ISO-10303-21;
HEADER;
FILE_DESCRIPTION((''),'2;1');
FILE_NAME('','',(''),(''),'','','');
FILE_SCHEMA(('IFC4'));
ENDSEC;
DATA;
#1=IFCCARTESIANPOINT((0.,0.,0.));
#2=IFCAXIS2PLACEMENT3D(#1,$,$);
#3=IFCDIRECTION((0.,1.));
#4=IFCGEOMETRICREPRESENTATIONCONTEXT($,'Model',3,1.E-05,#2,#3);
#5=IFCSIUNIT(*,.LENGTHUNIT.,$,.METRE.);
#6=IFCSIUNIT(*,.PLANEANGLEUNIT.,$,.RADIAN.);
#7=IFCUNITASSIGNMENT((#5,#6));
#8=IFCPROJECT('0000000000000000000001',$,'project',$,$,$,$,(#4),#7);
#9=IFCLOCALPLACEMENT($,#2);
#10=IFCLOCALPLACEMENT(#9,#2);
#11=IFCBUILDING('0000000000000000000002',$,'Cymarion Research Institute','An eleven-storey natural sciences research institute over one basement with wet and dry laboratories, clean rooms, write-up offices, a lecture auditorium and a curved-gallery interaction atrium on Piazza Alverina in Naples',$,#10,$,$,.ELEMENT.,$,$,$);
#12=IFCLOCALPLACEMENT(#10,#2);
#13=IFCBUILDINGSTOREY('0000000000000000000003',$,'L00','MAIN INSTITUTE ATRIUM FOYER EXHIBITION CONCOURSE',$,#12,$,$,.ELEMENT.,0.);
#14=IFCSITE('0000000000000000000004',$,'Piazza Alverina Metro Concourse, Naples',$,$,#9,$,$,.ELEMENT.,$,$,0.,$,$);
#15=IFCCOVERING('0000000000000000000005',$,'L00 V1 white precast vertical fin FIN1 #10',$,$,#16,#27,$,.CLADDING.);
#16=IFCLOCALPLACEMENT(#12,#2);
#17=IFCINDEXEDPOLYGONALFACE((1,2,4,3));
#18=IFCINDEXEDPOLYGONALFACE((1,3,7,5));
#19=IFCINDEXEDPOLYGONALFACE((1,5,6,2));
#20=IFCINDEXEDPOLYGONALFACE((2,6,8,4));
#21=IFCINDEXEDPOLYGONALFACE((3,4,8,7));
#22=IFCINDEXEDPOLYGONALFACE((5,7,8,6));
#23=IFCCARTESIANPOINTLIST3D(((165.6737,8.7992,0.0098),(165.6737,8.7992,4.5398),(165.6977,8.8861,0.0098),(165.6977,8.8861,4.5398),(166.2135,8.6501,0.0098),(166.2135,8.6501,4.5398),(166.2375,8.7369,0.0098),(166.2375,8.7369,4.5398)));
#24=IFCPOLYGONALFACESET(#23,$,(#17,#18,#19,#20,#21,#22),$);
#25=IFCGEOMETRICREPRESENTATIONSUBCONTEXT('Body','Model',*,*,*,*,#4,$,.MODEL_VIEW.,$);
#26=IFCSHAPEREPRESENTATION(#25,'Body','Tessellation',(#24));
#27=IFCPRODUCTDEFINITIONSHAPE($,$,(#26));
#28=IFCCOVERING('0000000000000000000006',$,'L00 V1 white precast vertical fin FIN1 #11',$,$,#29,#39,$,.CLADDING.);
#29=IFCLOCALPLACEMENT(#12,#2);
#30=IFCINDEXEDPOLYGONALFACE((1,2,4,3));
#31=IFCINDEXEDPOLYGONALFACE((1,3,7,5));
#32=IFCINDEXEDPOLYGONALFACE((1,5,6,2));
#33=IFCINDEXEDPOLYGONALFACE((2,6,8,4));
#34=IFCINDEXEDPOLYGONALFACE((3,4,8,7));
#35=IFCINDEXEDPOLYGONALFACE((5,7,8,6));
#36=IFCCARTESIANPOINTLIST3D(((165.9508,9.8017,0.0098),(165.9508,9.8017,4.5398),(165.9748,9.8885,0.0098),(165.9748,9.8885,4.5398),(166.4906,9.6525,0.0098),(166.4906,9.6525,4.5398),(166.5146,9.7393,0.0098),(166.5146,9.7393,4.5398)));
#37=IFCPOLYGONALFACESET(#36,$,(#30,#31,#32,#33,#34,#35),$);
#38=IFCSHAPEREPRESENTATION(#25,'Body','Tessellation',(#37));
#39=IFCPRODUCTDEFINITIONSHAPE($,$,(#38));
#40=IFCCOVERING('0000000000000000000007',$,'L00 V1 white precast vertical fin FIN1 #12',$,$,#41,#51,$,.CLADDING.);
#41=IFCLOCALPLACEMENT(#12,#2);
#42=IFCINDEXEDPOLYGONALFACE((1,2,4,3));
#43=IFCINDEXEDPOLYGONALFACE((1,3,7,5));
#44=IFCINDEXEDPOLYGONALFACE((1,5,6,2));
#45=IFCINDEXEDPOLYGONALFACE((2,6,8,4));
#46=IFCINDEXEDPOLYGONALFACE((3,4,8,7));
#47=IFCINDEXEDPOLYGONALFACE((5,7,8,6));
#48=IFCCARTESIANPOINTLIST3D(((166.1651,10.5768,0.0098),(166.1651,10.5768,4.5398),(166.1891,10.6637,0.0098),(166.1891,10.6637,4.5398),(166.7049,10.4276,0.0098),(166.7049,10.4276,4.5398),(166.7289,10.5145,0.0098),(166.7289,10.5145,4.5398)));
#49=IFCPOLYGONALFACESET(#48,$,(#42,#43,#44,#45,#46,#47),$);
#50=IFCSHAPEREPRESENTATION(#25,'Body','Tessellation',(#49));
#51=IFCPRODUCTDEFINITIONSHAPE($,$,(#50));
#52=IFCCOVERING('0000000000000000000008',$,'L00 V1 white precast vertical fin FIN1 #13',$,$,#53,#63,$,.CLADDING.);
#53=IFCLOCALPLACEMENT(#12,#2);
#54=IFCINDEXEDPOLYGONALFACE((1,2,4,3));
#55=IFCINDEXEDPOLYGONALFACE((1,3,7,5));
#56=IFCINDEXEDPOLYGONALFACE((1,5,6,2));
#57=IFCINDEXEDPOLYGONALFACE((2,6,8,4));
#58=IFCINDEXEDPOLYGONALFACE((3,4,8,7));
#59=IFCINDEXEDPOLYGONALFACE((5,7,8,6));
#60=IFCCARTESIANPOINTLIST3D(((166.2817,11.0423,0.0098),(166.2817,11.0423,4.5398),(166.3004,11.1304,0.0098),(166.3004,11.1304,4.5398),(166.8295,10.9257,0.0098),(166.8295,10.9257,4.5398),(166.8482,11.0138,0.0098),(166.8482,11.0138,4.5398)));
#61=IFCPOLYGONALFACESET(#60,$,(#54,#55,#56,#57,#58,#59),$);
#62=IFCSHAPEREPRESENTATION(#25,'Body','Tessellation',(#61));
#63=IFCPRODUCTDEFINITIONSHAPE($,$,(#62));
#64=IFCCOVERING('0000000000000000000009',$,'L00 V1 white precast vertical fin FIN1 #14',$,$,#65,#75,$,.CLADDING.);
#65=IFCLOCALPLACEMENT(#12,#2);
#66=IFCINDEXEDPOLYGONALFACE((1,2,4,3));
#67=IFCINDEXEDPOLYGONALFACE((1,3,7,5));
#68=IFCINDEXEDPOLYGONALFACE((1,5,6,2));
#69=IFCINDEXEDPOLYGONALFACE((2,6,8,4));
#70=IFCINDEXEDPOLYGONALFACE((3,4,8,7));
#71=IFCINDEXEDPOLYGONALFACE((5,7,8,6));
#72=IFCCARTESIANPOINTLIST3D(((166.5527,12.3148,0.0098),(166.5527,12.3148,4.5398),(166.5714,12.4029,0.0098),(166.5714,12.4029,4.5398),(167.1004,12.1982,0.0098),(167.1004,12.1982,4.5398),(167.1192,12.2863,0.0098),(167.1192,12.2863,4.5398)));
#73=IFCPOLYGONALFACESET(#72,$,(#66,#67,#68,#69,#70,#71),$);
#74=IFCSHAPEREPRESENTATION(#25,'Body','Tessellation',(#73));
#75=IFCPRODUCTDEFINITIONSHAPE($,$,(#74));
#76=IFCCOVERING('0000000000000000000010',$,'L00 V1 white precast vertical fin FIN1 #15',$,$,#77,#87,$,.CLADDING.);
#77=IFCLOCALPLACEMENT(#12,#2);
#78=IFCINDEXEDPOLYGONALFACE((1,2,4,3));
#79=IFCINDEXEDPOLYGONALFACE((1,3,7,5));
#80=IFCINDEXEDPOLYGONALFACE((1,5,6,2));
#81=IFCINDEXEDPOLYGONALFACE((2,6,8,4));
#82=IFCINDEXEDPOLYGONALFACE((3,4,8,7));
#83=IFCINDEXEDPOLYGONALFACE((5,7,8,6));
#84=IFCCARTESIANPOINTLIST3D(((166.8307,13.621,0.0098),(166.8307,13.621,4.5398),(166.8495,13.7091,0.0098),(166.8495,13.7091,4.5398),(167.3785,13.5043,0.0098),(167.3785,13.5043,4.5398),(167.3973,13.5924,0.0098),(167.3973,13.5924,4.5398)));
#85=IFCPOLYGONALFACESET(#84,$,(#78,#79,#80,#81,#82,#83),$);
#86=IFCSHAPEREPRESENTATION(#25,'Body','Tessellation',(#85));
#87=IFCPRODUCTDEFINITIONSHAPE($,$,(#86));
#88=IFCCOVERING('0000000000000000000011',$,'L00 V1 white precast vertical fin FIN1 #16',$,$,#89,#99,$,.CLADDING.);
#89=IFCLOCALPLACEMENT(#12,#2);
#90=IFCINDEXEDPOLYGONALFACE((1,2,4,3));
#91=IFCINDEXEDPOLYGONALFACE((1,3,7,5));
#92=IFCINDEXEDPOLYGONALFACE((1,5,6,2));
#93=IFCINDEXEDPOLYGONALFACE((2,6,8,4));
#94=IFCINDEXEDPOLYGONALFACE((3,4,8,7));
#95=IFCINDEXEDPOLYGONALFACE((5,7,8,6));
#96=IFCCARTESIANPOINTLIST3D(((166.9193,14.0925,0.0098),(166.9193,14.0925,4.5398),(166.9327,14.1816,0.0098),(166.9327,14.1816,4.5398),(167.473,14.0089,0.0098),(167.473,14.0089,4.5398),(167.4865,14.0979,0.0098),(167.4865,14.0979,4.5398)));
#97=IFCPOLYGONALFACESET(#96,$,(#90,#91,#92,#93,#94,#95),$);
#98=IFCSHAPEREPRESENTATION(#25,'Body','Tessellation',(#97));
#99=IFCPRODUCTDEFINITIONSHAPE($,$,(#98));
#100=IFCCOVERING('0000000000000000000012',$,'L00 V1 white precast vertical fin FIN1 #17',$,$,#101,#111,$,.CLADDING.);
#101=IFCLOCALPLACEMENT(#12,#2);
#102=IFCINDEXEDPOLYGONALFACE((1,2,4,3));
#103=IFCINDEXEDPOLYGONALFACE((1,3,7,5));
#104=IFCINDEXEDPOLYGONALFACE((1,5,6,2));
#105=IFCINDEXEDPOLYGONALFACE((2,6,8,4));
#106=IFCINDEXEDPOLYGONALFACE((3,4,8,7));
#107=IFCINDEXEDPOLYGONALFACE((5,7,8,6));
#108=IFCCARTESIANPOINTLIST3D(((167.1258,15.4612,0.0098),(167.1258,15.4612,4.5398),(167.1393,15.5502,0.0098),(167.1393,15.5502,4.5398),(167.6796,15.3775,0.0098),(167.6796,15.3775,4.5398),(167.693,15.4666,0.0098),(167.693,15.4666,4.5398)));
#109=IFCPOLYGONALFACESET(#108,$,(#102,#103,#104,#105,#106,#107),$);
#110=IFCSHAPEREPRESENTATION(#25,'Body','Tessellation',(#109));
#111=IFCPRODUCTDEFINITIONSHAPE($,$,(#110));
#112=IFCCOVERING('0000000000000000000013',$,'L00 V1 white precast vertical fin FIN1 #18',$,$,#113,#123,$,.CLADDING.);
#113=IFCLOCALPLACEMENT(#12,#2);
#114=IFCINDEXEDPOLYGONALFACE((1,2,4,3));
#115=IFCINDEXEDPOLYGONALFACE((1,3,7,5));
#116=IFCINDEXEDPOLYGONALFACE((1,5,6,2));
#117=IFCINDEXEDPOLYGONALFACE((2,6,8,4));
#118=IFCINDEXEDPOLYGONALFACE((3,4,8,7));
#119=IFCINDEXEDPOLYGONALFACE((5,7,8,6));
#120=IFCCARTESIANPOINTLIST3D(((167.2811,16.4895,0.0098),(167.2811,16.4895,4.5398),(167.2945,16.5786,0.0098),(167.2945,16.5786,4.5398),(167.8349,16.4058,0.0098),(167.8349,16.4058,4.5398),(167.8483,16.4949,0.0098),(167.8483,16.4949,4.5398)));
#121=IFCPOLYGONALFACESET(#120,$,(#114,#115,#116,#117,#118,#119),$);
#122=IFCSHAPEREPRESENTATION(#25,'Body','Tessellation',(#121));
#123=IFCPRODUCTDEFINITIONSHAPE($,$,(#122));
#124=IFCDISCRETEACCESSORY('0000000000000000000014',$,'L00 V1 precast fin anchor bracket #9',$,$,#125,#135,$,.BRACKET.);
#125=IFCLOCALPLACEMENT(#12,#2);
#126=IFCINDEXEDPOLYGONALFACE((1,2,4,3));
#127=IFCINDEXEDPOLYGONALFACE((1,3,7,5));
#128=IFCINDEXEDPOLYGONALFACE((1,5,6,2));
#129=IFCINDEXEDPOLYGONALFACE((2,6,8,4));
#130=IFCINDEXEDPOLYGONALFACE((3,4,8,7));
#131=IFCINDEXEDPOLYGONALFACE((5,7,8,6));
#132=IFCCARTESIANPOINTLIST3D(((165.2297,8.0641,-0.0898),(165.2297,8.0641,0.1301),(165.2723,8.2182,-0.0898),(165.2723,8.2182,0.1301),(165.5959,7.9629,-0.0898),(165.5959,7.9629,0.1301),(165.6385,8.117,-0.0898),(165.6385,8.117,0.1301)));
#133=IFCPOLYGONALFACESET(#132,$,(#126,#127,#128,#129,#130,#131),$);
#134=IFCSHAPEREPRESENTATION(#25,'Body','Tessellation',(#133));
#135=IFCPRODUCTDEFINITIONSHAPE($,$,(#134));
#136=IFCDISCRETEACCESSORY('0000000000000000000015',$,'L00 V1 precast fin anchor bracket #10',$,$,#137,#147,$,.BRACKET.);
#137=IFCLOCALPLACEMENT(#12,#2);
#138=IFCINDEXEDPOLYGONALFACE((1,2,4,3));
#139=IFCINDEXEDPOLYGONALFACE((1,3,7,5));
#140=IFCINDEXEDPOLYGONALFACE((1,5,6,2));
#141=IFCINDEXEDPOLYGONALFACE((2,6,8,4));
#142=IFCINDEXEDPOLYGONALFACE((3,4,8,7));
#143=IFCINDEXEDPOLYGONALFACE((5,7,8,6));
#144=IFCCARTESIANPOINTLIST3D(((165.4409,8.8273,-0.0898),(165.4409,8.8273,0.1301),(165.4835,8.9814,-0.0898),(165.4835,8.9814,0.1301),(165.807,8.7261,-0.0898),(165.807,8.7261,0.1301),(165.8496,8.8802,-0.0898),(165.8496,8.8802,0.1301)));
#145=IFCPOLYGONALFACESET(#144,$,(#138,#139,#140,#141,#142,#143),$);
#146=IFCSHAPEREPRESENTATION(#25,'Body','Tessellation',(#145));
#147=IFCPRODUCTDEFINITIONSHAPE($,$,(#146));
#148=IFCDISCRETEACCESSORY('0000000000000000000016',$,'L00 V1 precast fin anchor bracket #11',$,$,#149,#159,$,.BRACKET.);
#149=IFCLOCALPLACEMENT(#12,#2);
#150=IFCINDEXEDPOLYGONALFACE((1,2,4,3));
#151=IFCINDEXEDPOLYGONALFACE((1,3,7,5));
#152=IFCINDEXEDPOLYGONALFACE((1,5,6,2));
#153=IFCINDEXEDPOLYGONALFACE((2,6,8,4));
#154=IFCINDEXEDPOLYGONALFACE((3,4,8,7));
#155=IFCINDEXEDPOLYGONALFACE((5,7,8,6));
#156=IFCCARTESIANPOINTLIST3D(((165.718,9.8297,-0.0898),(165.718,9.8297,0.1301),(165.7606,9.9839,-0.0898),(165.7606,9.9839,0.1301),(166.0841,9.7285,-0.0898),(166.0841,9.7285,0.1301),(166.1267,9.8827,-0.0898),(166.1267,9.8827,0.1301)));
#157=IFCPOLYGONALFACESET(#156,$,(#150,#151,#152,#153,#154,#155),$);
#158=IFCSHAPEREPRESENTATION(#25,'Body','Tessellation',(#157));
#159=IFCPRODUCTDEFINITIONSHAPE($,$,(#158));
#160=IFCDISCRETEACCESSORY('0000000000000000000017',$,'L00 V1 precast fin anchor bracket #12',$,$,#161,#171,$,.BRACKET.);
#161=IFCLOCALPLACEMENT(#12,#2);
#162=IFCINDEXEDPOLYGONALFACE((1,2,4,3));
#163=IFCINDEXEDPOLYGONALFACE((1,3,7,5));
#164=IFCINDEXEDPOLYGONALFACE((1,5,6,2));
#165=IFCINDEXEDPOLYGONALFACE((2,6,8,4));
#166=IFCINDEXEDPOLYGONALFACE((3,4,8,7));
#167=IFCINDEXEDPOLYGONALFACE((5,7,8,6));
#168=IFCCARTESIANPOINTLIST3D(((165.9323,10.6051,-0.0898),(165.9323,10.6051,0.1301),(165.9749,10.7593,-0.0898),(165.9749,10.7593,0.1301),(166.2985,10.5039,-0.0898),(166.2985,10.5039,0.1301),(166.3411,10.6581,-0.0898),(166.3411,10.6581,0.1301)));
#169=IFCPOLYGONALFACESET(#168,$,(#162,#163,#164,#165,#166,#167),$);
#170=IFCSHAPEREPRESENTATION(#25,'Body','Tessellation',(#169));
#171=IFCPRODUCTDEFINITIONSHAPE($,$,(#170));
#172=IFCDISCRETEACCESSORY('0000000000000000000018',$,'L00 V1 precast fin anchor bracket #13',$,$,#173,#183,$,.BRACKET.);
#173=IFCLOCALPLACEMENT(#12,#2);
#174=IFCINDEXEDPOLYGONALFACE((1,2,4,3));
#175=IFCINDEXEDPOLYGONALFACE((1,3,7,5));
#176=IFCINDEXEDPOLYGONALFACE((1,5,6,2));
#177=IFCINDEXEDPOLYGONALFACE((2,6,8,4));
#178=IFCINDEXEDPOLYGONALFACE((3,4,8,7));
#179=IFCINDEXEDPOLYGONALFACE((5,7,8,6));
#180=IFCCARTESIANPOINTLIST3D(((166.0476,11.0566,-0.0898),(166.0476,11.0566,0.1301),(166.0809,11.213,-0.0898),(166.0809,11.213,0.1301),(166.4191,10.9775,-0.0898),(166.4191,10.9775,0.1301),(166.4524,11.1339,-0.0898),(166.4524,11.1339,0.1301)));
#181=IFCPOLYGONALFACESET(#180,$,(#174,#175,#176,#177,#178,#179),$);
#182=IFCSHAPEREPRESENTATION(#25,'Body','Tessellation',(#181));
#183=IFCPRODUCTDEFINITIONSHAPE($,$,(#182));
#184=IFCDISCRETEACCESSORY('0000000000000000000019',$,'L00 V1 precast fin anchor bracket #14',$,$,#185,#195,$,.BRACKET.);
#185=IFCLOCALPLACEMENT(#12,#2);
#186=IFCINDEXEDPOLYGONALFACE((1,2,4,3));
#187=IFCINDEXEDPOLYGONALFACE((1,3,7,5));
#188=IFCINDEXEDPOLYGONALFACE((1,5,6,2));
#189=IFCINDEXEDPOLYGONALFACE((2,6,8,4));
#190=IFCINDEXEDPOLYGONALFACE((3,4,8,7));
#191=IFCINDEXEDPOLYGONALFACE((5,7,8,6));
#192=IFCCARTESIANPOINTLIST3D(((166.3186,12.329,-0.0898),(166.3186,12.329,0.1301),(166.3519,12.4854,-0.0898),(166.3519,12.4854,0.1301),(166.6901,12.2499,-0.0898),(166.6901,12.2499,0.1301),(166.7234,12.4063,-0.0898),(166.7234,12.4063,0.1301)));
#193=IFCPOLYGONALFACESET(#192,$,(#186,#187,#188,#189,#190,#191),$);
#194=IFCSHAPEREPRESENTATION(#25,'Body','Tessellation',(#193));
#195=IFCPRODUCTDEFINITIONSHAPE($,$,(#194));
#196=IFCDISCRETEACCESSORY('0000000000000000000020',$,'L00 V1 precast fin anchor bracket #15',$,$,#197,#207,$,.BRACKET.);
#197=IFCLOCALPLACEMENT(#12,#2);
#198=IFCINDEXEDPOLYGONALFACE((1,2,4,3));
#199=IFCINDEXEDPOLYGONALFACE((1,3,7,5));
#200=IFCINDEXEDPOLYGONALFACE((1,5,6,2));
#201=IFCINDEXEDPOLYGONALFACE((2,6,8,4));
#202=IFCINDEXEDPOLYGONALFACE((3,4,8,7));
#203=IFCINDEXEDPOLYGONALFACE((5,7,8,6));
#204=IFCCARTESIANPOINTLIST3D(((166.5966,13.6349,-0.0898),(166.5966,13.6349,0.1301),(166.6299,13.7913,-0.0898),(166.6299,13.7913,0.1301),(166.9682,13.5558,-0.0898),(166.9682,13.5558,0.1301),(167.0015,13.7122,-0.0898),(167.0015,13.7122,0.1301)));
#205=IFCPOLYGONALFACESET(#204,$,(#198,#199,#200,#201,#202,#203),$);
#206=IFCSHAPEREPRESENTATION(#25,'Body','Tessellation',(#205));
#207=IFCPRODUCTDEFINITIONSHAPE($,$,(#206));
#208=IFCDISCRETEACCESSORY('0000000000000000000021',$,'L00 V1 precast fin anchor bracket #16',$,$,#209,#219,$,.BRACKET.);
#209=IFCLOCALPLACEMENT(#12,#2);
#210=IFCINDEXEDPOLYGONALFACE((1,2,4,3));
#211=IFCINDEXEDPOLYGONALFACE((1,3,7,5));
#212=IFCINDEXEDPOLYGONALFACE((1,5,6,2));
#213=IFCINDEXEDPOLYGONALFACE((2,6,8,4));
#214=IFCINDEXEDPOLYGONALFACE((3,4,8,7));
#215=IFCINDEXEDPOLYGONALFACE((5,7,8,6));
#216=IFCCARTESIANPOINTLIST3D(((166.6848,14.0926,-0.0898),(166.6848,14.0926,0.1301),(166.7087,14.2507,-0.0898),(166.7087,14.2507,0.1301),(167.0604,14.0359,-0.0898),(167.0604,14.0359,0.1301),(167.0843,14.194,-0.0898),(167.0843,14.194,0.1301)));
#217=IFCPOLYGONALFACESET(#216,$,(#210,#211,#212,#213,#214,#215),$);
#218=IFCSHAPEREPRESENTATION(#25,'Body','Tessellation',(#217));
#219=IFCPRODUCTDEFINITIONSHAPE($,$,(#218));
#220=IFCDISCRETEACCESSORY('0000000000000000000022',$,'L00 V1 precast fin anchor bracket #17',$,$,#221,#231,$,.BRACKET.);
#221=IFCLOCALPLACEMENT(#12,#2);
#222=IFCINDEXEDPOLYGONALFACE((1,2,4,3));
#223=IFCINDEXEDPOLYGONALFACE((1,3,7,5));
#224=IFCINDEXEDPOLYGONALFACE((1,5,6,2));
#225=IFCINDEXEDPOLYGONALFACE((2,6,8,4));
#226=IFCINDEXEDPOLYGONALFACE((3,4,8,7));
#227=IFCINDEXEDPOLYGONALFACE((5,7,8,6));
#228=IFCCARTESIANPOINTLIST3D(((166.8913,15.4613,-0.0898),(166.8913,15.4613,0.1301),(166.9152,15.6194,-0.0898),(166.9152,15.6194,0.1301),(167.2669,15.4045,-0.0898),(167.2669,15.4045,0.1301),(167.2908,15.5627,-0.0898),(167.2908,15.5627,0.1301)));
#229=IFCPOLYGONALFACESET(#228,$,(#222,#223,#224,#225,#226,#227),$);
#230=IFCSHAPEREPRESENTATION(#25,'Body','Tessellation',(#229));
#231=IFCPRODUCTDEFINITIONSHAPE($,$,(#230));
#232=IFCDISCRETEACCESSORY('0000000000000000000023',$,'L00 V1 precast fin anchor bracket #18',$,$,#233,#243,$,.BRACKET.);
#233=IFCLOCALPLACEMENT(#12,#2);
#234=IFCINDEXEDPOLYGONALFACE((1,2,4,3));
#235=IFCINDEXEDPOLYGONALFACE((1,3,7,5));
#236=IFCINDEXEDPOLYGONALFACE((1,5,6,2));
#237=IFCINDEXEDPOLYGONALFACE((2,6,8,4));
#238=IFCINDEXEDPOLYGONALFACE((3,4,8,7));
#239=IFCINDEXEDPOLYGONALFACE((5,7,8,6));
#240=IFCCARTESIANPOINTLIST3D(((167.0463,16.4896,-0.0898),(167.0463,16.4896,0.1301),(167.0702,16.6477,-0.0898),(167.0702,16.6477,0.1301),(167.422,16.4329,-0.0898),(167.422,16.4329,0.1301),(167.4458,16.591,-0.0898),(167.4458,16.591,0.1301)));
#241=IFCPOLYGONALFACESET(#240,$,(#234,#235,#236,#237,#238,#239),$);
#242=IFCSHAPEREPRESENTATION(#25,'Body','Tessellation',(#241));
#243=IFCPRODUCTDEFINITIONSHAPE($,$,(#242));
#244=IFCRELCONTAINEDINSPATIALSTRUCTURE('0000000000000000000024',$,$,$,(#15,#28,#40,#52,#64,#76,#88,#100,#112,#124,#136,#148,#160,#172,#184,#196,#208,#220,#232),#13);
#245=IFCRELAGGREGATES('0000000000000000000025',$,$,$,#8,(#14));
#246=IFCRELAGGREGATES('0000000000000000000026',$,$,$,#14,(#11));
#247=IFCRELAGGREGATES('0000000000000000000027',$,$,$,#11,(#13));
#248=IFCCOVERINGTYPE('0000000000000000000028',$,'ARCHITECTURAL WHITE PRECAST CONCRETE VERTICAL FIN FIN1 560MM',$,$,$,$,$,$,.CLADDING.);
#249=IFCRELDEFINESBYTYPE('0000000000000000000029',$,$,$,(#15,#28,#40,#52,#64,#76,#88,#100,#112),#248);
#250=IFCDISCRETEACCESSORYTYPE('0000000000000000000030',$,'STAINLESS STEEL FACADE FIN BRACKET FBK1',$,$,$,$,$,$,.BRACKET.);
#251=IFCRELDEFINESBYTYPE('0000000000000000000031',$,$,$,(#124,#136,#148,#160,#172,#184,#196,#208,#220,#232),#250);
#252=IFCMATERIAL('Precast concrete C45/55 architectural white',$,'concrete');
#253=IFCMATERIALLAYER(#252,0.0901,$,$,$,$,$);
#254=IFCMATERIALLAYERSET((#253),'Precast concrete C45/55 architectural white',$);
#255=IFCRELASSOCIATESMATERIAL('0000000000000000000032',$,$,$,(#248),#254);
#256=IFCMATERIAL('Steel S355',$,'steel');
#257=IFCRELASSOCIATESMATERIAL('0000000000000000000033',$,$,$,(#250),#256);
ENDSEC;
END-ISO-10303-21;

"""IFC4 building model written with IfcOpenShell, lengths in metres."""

from ifc_helpers import new_model, si_unit, direction, frame, origin, origin_2d, place, context, subcontext, project, spatial, rectangle, extrude, material, layer, layer_set, type_object, element, save


model = new_model("IFC4")

# Units and contexts
model_context = context("Model", 3, precision=1e-05, world=origin(), true_north=direction((0.0, 1.0)))
body_context = subcontext(model_context, "Body", "Model", "MODEL_VIEW")
ifc_project = project(units=[si_unit("LENGTHUNIT", "METRE"), si_unit("PLANEANGLEUNIT", "RADIAN")], contexts=[model_context])

# Site, building, storey
site_placement = place(None, origin())
site = spatial("IfcSite", under=ifc_project, at=site_placement, Name="Piazza Alverina Metro Concourse, Naples", CompositionType="ELEMENT", RefElevation=0.0)
building_placement = place(site_placement, origin())
building = spatial("IfcBuilding", under=site, at=building_placement, Name="Cymarion Research Institute", Description="An eleven-storey natural sciences research institute over one basement with wet and dry laboratories, clean rooms, write-up offices, a lecture auditorium and a curved-gallery interaction atrium on Piazza Alverina in Naples", CompositionType="ELEMENT")
storey_placement = place(building_placement, origin())
storey = spatial("IfcBuildingStorey", under=building, at=storey_placement, Name="L00", Description="MAIN INSTITUTE ATRIUM FOYER EXHIBITION CONCOURSE", CompositionType="ELEMENT", Elevation=0.0)

# Shared definitions
ifc_material_1 = material(Name="Steel S355", Category="steel")

# Coverings
ifc_material_2 = material(Name="Precast concrete C45/55 architectural white", Category="concrete")
ifc_layer_1 = layer(ifc_material_2, 0.0901)
ifc_layer_set_1 = layer_set([ifc_layer_1], Name="Precast concrete C45/55 architectural white")
covering_type = type_object("IfcCoveringType", Name="ARCHITECTURAL WHITE PRECAST CONCRETE VERTICAL FIN FIN1 560MM", PredefinedType="CLADDING", material=ifc_layer_set_1)
for number, where, z_axis, x_axis, name in (
    (1, (165.9556, 8.7681, 0.0098), (0.0, 0.0, 1.0), (0.963863, -0.266397, 0.0), "L00 V1 white precast vertical fin FIN1 #10"),
    (2, (166.2327, 9.7705, 0.0098), (0.0, 0.0, 1.0), (0.963863, -0.266397, 0.0), "L00 V1 white precast vertical fin FIN1 #11"),
    (3, (166.447, 10.5457, 0.0098), (0.0, 0.0, 1.0), (0.963863, -0.266397, 0.0), "L00 V1 white precast vertical fin FIN1 #12"),
    (4, (166.5649, 11.0281, 0.0098), (0.0, 0.0, 1.0), (0.978075, -0.208253, 0.0), "L00 V1 white precast vertical fin FIN1 #13"),
    (5, (166.8359, 12.3005, 0.0098), (0.0, 0.0, 1.0), (0.978075, -0.208253, 0.0), "L00 V1 white precast vertical fin FIN1 #14"),
    (6, (167.114, 13.6067, 0.0098), (0.0, 0.0, 1.0), (0.978075, -0.208253, 0.0), "L00 V1 white precast vertical fin FIN1 #15"),
    (7, (167.2029, 14.0952, 0.0098), (0.0, 0.0, 1.0), (0.988782, -0.149363, 0.0), "L00 V1 white precast vertical fin FIN1 #16"),
    (8, (167.4094, 15.4639, 0.0098), (0.0, 0.0, 1.0), (0.988782, -0.149363, 0.0), "L00 V1 white precast vertical fin FIN1 #17"),
    (9, (167.5647, 16.4922, 0.0098), (0.0, 0.0, 1.0), (0.988782, -0.149363, 0.0), "L00 V1 white precast vertical fin FIN1 #18"),
):
    element("IfcCovering", number, at=place(storey_placement, frame(where, z_axis=z_axis, x_axis=x_axis)), inside=storey, type_object=covering_type, Name=name, PredefinedType="CLADDING", context=body_context, shape_type="SweptSolid", body=[
        extrude(rectangle(XDim=0.5601, YDim=0.0901, at=origin_2d()), origin(), (0.0, 0.0, 1.0), 4.53),
    ])

# Discrete accessories
discrete_accessory_type = type_object("IfcDiscreteAccessoryType", Name="STAINLESS STEEL FACADE FIN BRACKET FBK1", PredefinedType="BRACKET", material=ifc_material_1)
for number, where, z_axis, x_axis, name in (
    (10, (165.4341, 8.0906, -0.0898), (0.0, 0.0, 1.0), (0.963863, -0.266397, 0.0), "L00 V1 precast fin anchor bracket #9"),
    (11, (165.6453, 8.8538, -0.0898), (0.0, 0.0, 1.0), (0.963863, -0.266397, 0.0), "L00 V1 precast fin anchor bracket #10"),
    (12, (165.9224, 9.8562, -0.0898), (0.0, 0.0, 1.0), (0.963863, -0.266397, 0.0), "L00 V1 precast fin anchor bracket #11"),
    (13, (166.1367, 10.6316, -0.0898), (0.0, 0.0, 1.0), (0.963863, -0.266397, 0.0), "L00 V1 precast fin anchor bracket #12"),
    (14, (166.25, 11.0952, -0.0898), (0.0, 0.0, 1.0), (0.978075, -0.208253, 0.0), "L00 V1 precast fin anchor bracket #13"),
    (15, (166.521, 12.3677, -0.0898), (0.0, 0.0, 1.0), (0.978075, -0.208253, 0.0), "L00 V1 precast fin anchor bracket #14"),
    (16, (166.7991, 13.6736, -0.0898), (0.0, 0.0, 1.0), (0.978075, -0.208253, 0.0), "L00 V1 precast fin anchor bracket #15"),
    (17, (166.8845, 14.1433, -0.0898), (0.0, 0.0, 1.0), (0.988782, -0.149363, 0.0), "L00 V1 precast fin anchor bracket #16"),
    (18, (167.0911, 15.512, -0.0898), (0.0, 0.0, 1.0), (0.988782, -0.149363, 0.0), "L00 V1 precast fin anchor bracket #17"),
    (19, (167.2461, 16.5403, -0.0898), (0.0, 0.0, 1.0), (0.988782, -0.149363, 0.0), "L00 V1 precast fin anchor bracket #18"),
):
    element("IfcDiscreteAccessory", number, at=place(storey_placement, frame(where, z_axis=z_axis, x_axis=x_axis)), inside=storey, type_object=discrete_accessory_type, Name=name, PredefinedType="BRACKET", context=body_context, shape_type="SweptSolid", body=[
        extrude(rectangle(XDim=0.3799, YDim=0.1599, at=origin_2d()), origin(), (0.0, 0.0, 1.0), 0.22),
    ])

save(model, "model.ifc")
